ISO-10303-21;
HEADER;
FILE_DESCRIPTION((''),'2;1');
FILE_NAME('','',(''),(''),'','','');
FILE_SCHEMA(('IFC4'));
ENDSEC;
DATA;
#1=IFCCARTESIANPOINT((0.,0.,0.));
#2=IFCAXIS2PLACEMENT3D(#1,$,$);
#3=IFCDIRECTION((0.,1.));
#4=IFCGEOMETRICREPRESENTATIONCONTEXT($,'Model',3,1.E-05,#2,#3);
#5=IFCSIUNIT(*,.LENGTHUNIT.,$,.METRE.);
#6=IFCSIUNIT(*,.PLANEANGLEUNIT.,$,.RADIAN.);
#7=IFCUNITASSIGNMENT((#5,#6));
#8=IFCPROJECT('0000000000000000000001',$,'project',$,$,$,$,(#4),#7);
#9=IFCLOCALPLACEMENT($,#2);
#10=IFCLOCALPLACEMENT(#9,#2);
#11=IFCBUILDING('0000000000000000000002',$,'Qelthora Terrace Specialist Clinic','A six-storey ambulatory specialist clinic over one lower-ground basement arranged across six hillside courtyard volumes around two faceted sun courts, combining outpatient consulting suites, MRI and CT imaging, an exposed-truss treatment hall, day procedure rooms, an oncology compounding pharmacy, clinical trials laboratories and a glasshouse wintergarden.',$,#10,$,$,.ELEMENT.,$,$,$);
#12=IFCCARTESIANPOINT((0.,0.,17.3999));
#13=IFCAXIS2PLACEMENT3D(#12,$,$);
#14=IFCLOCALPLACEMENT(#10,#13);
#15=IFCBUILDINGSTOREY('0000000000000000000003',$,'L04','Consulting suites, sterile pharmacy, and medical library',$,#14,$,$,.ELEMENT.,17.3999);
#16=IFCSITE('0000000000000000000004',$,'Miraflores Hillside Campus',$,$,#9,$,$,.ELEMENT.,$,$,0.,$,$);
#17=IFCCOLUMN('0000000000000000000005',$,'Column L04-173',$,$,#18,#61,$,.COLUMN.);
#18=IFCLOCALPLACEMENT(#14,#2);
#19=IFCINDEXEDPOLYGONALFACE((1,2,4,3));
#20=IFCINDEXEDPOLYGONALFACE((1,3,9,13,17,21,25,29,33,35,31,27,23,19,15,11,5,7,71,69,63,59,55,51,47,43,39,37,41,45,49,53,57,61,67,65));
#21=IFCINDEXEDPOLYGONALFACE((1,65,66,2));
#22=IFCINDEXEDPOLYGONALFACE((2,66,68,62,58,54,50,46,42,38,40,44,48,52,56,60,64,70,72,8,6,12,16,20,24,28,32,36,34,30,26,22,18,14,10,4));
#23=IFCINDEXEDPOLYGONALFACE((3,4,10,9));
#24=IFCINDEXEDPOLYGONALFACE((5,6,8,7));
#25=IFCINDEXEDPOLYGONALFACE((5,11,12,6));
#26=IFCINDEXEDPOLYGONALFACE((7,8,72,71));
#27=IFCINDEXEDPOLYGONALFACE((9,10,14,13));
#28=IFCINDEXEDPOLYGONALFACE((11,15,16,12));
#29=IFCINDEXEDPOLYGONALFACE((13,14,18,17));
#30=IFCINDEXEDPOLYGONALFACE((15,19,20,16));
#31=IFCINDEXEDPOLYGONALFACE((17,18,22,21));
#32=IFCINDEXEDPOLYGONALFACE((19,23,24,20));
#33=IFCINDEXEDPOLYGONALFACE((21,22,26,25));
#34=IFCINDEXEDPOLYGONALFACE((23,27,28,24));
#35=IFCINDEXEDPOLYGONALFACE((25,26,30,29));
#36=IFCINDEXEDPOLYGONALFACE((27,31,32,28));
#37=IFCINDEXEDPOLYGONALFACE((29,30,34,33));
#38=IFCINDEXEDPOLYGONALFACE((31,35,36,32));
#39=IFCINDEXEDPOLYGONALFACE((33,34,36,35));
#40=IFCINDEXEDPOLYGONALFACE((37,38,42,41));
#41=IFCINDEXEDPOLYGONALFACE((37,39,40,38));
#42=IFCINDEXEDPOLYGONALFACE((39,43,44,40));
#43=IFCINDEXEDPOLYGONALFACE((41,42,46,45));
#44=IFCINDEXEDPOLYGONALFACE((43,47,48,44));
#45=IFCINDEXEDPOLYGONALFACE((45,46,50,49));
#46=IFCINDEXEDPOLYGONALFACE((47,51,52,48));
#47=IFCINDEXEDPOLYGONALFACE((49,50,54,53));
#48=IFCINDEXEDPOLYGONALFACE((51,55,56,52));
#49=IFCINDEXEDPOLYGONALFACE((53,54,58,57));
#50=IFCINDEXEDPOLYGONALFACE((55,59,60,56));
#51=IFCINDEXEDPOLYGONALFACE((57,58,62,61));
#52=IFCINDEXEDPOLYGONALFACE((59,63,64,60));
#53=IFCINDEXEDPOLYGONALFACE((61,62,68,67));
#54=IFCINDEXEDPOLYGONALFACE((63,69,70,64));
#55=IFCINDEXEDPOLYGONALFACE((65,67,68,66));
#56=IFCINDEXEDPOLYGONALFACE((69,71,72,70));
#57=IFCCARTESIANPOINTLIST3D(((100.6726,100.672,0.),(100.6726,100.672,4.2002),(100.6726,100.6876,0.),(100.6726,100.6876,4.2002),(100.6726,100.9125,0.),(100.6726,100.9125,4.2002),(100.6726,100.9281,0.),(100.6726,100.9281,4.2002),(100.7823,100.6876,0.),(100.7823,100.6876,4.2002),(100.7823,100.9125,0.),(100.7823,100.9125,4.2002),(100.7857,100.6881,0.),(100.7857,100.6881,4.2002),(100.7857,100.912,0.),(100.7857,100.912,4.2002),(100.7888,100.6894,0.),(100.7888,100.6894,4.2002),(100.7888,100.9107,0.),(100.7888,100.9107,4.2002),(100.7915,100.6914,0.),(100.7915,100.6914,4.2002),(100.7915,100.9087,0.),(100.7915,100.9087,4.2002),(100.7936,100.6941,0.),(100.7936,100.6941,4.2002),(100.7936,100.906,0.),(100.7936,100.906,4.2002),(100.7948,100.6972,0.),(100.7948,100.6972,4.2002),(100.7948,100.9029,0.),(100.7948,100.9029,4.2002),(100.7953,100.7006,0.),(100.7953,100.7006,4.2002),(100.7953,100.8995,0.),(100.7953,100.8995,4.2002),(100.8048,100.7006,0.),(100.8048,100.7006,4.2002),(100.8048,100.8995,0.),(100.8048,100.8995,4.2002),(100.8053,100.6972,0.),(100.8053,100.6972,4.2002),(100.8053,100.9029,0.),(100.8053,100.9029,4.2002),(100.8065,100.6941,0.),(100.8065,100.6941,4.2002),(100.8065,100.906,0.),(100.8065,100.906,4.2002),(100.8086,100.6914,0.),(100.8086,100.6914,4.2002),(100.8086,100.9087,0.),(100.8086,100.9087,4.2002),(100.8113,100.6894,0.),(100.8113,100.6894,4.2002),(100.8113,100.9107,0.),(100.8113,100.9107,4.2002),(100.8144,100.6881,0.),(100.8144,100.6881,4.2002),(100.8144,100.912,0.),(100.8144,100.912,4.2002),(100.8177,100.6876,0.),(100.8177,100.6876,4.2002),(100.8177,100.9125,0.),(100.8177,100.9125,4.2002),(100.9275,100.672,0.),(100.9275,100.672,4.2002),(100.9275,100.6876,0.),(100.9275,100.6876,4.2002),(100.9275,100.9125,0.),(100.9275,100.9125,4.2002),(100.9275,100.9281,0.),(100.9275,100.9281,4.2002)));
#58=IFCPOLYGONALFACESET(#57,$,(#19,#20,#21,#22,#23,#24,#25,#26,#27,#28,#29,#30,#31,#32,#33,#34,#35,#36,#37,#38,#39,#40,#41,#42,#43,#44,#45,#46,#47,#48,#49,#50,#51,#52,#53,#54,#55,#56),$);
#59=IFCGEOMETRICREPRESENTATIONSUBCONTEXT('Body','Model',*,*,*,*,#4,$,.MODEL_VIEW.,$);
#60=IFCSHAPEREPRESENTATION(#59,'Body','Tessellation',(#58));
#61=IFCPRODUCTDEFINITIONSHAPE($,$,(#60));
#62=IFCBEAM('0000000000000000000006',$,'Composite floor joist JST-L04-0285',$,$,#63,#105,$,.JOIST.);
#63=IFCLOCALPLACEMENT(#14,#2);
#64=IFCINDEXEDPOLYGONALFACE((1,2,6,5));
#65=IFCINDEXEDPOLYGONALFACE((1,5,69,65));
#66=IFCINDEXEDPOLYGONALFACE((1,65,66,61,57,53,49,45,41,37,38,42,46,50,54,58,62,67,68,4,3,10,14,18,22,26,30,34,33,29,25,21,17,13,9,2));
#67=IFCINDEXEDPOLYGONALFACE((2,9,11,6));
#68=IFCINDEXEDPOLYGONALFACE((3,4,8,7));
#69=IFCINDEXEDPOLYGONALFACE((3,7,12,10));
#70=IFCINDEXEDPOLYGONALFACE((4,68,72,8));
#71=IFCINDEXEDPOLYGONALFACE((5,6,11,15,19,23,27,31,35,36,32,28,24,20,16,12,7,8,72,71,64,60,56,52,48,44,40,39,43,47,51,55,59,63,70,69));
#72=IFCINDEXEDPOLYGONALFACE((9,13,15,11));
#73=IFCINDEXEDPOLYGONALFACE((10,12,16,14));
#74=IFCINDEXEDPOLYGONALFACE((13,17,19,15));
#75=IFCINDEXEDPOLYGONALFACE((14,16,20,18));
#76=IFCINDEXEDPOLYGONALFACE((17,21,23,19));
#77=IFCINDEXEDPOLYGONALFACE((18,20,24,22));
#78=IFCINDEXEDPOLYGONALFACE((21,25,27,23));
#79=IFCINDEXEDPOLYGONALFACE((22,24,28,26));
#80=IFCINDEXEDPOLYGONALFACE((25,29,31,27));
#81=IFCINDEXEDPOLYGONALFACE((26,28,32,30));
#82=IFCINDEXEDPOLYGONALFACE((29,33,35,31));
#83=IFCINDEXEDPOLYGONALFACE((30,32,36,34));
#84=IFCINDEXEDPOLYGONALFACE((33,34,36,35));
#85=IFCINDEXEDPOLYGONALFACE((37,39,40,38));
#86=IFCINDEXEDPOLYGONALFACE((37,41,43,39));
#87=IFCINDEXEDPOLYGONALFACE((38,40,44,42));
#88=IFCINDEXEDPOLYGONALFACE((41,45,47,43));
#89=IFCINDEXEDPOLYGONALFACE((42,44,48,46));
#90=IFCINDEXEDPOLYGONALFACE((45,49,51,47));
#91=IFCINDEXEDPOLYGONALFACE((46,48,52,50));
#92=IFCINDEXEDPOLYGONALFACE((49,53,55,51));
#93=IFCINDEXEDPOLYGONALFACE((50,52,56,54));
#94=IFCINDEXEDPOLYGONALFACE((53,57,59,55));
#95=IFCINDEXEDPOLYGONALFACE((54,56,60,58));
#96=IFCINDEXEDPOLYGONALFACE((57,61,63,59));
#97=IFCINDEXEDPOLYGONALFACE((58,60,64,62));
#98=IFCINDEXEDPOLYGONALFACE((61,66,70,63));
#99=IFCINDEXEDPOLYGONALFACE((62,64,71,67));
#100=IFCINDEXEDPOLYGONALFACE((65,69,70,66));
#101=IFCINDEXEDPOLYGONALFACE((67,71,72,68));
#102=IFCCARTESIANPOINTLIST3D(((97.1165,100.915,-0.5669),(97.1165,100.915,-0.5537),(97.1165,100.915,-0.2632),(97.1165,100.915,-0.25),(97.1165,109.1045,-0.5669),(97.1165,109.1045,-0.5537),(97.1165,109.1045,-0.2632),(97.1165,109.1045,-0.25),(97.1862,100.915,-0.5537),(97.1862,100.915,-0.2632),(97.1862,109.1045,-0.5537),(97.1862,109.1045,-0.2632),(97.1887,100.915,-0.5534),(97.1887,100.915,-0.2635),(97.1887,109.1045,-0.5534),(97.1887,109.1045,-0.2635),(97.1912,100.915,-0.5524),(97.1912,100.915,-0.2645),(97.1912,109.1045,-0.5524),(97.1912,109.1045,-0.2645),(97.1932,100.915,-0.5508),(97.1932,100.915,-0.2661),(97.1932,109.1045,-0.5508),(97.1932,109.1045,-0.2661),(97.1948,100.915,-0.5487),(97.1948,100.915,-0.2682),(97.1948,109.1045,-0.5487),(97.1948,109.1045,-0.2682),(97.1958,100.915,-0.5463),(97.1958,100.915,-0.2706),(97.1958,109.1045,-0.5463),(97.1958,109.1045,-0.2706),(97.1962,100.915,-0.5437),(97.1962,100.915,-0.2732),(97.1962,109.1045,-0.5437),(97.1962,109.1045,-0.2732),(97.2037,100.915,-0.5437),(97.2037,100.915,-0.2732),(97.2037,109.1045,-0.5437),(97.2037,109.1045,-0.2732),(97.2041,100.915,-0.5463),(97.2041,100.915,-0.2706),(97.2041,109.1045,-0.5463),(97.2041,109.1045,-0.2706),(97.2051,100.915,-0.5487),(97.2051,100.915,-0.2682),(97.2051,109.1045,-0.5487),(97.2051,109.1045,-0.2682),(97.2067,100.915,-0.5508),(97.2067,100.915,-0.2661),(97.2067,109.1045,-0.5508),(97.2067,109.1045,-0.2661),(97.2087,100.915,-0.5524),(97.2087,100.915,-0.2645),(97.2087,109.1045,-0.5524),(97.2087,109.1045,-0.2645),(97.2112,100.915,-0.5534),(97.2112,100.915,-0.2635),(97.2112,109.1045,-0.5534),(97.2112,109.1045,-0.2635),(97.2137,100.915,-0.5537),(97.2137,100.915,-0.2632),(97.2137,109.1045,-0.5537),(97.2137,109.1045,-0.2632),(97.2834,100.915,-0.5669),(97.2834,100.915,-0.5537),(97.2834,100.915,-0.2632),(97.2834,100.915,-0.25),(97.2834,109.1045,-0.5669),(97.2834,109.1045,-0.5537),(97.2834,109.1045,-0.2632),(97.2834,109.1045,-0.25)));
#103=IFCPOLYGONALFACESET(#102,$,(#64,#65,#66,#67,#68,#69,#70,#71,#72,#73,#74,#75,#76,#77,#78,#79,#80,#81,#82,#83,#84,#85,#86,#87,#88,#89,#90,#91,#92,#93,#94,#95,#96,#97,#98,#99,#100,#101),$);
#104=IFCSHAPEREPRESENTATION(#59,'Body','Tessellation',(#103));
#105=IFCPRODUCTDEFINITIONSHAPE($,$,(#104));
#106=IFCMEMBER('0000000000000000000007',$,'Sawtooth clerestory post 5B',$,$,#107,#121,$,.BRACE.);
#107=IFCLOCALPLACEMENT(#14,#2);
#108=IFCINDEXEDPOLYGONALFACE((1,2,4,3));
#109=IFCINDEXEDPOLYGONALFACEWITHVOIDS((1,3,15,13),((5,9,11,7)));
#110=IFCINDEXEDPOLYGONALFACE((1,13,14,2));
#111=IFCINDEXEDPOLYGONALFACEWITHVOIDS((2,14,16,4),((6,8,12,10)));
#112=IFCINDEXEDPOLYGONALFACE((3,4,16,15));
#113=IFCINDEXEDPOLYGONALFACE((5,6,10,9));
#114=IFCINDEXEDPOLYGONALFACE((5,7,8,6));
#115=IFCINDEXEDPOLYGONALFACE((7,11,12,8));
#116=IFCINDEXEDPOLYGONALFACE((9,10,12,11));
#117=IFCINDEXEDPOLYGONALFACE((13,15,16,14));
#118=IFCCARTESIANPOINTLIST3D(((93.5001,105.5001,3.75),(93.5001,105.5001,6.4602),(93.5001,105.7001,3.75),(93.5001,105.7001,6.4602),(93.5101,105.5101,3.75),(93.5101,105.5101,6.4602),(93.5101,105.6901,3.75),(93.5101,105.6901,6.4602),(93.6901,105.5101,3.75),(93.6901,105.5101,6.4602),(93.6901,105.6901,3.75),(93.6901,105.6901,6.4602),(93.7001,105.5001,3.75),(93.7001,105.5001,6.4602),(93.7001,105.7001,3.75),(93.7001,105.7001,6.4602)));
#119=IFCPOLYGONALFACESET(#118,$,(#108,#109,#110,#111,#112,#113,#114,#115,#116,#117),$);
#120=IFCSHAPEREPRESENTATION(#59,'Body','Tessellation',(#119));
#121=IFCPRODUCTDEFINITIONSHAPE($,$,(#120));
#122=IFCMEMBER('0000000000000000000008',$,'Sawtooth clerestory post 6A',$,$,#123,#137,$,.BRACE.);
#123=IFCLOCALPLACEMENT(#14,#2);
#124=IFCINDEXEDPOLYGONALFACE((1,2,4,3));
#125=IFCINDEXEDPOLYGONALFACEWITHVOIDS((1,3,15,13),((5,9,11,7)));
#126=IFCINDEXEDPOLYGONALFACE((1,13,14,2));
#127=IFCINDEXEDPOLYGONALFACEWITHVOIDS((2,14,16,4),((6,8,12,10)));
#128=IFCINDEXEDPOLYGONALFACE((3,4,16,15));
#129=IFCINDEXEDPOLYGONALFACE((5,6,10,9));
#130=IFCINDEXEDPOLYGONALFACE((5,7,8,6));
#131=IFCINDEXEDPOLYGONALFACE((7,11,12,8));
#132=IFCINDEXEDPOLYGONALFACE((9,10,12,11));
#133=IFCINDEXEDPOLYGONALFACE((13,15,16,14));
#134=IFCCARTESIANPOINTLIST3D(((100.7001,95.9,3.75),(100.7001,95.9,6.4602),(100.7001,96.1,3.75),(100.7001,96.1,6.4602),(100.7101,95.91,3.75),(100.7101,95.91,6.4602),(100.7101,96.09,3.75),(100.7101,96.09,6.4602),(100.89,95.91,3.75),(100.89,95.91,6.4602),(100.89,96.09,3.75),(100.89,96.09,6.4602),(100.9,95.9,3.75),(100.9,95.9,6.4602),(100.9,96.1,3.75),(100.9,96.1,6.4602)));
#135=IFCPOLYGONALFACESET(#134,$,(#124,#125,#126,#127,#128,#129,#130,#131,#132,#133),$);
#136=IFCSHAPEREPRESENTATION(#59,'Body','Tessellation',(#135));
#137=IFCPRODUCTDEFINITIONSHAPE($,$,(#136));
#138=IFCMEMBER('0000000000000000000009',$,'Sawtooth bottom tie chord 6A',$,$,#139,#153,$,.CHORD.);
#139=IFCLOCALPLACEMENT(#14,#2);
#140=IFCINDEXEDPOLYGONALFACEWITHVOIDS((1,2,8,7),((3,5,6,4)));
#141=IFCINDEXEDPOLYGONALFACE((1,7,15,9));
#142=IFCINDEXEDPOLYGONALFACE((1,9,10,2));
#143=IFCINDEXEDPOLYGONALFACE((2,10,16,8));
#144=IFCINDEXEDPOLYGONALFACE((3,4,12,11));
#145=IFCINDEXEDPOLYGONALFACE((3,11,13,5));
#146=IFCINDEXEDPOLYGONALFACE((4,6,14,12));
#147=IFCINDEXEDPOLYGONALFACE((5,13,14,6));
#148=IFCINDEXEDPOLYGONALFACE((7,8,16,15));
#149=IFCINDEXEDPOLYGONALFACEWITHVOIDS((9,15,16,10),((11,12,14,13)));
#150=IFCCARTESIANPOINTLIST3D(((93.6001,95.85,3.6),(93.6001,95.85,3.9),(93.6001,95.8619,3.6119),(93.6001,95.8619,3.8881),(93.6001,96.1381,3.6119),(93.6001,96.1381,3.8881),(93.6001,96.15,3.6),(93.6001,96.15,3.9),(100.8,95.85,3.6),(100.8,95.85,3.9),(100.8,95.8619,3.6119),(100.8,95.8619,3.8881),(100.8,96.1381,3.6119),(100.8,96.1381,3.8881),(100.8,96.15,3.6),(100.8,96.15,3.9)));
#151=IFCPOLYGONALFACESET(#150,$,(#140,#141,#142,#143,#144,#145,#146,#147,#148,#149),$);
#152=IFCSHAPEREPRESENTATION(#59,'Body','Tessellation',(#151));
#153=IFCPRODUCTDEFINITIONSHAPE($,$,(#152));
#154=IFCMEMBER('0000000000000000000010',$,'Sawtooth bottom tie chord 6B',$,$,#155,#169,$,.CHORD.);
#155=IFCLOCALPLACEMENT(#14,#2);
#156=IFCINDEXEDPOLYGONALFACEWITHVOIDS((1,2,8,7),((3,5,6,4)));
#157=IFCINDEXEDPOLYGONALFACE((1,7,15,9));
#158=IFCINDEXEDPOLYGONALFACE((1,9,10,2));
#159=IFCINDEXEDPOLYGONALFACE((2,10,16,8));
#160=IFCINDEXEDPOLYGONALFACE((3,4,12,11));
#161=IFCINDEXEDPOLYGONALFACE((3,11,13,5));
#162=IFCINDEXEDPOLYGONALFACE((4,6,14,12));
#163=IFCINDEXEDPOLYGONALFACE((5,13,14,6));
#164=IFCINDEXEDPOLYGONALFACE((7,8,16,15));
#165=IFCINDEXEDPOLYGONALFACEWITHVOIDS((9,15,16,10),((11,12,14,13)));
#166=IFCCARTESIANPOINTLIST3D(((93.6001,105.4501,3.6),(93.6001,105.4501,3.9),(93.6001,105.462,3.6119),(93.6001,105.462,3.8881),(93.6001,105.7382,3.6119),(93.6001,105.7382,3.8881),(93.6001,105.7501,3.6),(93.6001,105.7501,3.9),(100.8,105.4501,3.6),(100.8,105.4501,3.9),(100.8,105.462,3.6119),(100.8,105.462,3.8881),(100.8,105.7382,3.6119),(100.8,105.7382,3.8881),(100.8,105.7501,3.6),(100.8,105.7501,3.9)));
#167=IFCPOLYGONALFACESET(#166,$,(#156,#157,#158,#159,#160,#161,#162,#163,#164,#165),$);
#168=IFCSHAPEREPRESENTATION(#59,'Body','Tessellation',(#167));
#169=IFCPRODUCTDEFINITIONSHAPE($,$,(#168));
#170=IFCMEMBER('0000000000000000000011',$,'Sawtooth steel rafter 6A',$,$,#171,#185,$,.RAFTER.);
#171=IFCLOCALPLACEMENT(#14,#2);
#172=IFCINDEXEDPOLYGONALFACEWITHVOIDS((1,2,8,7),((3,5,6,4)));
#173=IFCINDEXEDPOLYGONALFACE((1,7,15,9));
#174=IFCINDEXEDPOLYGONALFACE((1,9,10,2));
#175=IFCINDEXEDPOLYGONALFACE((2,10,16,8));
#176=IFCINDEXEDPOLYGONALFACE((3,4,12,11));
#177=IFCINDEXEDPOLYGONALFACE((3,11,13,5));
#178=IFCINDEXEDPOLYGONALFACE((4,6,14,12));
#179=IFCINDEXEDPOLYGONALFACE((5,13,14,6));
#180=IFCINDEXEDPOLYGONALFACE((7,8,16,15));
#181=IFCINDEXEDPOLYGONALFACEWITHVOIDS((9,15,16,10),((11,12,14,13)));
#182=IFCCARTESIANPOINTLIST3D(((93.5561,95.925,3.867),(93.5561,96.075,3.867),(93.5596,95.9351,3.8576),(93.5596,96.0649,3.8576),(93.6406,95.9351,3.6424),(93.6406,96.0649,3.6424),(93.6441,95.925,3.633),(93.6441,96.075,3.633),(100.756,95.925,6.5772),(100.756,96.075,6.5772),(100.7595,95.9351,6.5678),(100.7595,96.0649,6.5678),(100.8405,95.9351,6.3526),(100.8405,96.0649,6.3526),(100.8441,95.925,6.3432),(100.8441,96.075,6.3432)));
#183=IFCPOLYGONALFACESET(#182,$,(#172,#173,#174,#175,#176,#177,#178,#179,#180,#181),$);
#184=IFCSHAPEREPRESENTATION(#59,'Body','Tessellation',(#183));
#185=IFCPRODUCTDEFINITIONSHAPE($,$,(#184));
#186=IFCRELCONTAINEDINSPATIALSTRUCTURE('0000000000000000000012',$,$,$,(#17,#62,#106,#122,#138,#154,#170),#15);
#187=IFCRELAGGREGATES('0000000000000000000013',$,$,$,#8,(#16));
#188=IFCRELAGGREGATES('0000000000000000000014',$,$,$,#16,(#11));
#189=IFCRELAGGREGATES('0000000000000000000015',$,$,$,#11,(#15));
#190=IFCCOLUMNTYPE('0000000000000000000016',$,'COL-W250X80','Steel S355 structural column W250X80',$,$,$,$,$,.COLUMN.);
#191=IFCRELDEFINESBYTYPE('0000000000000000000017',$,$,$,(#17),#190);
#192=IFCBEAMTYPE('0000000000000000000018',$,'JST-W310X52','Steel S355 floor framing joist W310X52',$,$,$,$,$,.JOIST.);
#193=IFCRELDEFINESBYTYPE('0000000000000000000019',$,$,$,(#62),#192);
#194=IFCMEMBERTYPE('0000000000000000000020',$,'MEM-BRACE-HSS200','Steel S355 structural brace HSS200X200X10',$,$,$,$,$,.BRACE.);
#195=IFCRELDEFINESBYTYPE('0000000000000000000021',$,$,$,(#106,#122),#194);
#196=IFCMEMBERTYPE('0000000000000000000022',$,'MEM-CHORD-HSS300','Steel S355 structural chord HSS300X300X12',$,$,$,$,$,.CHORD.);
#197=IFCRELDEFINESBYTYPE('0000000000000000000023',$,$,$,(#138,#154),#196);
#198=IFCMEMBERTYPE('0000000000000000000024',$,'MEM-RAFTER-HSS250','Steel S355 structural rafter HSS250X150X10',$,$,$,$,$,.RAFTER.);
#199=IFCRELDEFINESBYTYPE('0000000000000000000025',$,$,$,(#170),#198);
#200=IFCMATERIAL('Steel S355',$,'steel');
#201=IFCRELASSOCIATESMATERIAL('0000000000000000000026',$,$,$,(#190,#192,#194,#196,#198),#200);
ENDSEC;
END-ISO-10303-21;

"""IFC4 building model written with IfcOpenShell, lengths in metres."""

from ifc_helpers import new_model, si_unit, direction, frame, origin, origin_2d, place, context, subcontext, project, spatial, hollow_rectangle, i_section, extrude, material, material_profile, profile_set, type_object, element, save


model = new_model("IFC4")

# Units and contexts
model_context = context("Model", 3, precision=1e-05, world=origin(), true_north=direction((0.0, 1.0)))
body_context = subcontext(model_context, "Body", "Model", "MODEL_VIEW")
ifc_project = project(units=[si_unit("LENGTHUNIT", "METRE"), si_unit("PLANEANGLEUNIT", "RADIAN")], contexts=[model_context])

# Site, building, storey
site_placement = place(None, origin())
site = spatial("IfcSite", under=ifc_project, at=site_placement, Name="Miraflores Hillside Campus", CompositionType="ELEMENT", RefElevation=0.0)
building_placement = place(site_placement, origin())
building = spatial("IfcBuilding", under=site, at=building_placement, Name="Qelthora Terrace Specialist Clinic", Description="A six-storey ambulatory specialist clinic over one lower-ground basement arranged across six hillside courtyard volumes around two faceted sun courts, combining outpatient consulting suites, MRI and CT imaging, an exposed-truss treatment hall, day procedure rooms, an oncology compounding pharmacy, clinical trials laboratories and a glasshouse wintergarden.", CompositionType="ELEMENT")
storey_placement = place(building_placement, frame((0.0, 0.0, 17.3999)))
storey = spatial("IfcBuildingStorey", under=building, at=storey_placement, Name="L04", Description="Consulting suites, sterile pharmacy, and medical library", CompositionType="ELEMENT", Elevation=17.3999)

# Column
ifc_material_1 = material(Name="Steel S355", Category="steel")
ifc_material_profile_1 = material_profile(ifc_material_1, i_section(OverallWidth=0.2549, OverallDepth=0.2561, WebThickness=0.0095, FlangeThickness=0.0156, FilletRadius=0.0129, at=origin_2d()), Name="W250X80")
ifc_profile_set_1 = profile_set([ifc_material_profile_1], Name="Steel S355")
column_type = type_object("IfcColumnType", Name="COL-W250X80", Description="Steel S355 structural column W250X80", PredefinedType="COLUMN", material=ifc_profile_set_1)
column_placement = place(storey_placement, frame((100.8, 100.8, 0.0), z_axis=(0.0, 0.0, 1.0), x_axis=(1.0, 0.0, 0.0)))
element("IfcColumn", 1, at=column_placement, inside=storey, type_object=column_type, Name="Column L04-173", PredefinedType="COLUMN", context=body_context, shape_type="SweptSolid", body=[
    extrude(i_section(OverallWidth=0.2549, OverallDepth=0.2561, WebThickness=0.0095, FlangeThickness=0.0156, FilletRadius=0.0129, at=origin_2d()), origin(), (0.0, 0.0, 1.0), 4.2002),
])

# Beam
ifc_material_profile_2 = material_profile(ifc_material_1, i_section(OverallWidth=0.167, OverallDepth=0.3169, WebThickness=0.0076, FlangeThickness=0.0132, FilletRadius=0.01, at=origin_2d()), Name="W310X52")
ifc_profile_set_2 = profile_set([ifc_material_profile_2], Name="Steel S355")
beam_type = type_object("IfcBeamType", Name="JST-W310X52", Description="Steel S355 floor framing joist W310X52", PredefinedType="JOIST", material=ifc_profile_set_2)
beam_placement = place(storey_placement, frame((97.2, 100.915, -0.4084), z_axis=(0.0, 1.0, 0.0), x_axis=(-1.0, 0.0, 0.0)))
element("IfcBeam", 2, at=beam_placement, inside=storey, type_object=beam_type, Name="Composite floor joist JST-L04-0285", PredefinedType="JOIST", context=body_context, shape_type="SweptSolid", body=[
    extrude(i_section(OverallWidth=0.167, OverallDepth=0.3169, WebThickness=0.0076, FlangeThickness=0.0132, FilletRadius=0.01, at=origin_2d()), origin(), (0.0, 0.0, 1.0), 8.1895),
])

# Members
ifc_material_profile_3 = material_profile(ifc_material_1, hollow_rectangle(XDim=0.2, YDim=0.2, WallThickness=0.01, at=origin_2d()), Name="HSS200X200X10")
ifc_profile_set_3 = profile_set([ifc_material_profile_3], Name="Steel S355")
member_type_1 = type_object("IfcMemberType", Name="MEM-BRACE-HSS200", Description="Steel S355 structural brace HSS200X200X10", PredefinedType="BRACE", material=ifc_profile_set_3)
for number, where, z_axis, x_axis, name in (
    (3, (93.6001, 105.6001, 3.75), (0.0, 0.0, 1.0), (1.0, 0.0, 0.0), "Sawtooth clerestory post 5B"),
    (4, (100.8, 96.0, 3.75), (0.0, 0.0, 1.0), (1.0, 0.0, 0.0), "Sawtooth clerestory post 6A"),
):
    element("IfcMember", number, at=place(storey_placement, frame(where, z_axis=z_axis, x_axis=x_axis)), inside=storey, type_object=member_type_1, Name=name, PredefinedType="BRACE", context=body_context, shape_type="SweptSolid", body=[
        extrude(hollow_rectangle(XDim=0.2, YDim=0.2, WallThickness=0.01, at=origin_2d()), origin(), (0.0, 0.0, 1.0), 2.7102),
    ])
ifc_material_profile_4 = material_profile(ifc_material_1, hollow_rectangle(XDim=0.3, YDim=0.3, WallThickness=0.012, at=origin_2d()), Name="HSS300X300X12")
ifc_profile_set_4 = profile_set([ifc_material_profile_4], Name="Steel S355")
member_type_2 = type_object("IfcMemberType", Name="MEM-CHORD-HSS300", Description="Steel S355 structural chord HSS300X300X12", PredefinedType="CHORD", material=ifc_profile_set_4)
for number, where, z_axis, x_axis, name in (
    (5, (93.6001, 96.0, 3.75), (1.0, 0.0, 0.0), (0.0, 1.0, 0.0), "Sawtooth bottom tie chord 6A"),
    (6, (93.6001, 105.6001, 3.75), (1.0, 0.0, 0.0), (0.0, 1.0, 0.0), "Sawtooth bottom tie chord 6B"),
):
    element("IfcMember", number, at=place(storey_placement, frame(where, z_axis=z_axis, x_axis=x_axis)), inside=storey, type_object=member_type_2, Name=name, PredefinedType="CHORD", context=body_context, shape_type="SweptSolid", body=[
        extrude(hollow_rectangle(XDim=0.3, YDim=0.3, WallThickness=0.012, at=origin_2d()), origin(), (0.0, 0.0, 1.0), 7.2),
    ])
ifc_material_profile_5 = material_profile(ifc_material_1, hollow_rectangle(XDim=0.1499, YDim=0.25, WallThickness=0.01, at=origin_2d()), Name="HSS250X150X10")
ifc_profile_set_5 = profile_set([ifc_material_profile_5], Name="Steel S355")
member_type_3 = type_object("IfcMemberType", Name="MEM-RAFTER-HSS250", Description="Steel S355 structural rafter HSS250X150X10", PredefinedType="RAFTER", material=ifc_profile_set_5)
for number, where, z_axis, x_axis, name in (
    (7, (93.6001, 96.0, 3.75), (0.935892, 0.0, 0.352288), (0.0, 1.0, 0.0), "Sawtooth steel rafter 6A"),
):
    element("IfcMember", number, at=place(storey_placement, frame(where, z_axis=z_axis, x_axis=x_axis)), inside=storey, type_object=member_type_3, Name=name, PredefinedType="RAFTER", context=body_context, shape_type="SweptSolid", body=[
        extrude(hollow_rectangle(XDim=0.1499, YDim=0.25, WallThickness=0.01, at=origin_2d()), origin(), (0.0, 0.0, 1.0), 7.6931),
    ])

save(model, "model.ifc")
